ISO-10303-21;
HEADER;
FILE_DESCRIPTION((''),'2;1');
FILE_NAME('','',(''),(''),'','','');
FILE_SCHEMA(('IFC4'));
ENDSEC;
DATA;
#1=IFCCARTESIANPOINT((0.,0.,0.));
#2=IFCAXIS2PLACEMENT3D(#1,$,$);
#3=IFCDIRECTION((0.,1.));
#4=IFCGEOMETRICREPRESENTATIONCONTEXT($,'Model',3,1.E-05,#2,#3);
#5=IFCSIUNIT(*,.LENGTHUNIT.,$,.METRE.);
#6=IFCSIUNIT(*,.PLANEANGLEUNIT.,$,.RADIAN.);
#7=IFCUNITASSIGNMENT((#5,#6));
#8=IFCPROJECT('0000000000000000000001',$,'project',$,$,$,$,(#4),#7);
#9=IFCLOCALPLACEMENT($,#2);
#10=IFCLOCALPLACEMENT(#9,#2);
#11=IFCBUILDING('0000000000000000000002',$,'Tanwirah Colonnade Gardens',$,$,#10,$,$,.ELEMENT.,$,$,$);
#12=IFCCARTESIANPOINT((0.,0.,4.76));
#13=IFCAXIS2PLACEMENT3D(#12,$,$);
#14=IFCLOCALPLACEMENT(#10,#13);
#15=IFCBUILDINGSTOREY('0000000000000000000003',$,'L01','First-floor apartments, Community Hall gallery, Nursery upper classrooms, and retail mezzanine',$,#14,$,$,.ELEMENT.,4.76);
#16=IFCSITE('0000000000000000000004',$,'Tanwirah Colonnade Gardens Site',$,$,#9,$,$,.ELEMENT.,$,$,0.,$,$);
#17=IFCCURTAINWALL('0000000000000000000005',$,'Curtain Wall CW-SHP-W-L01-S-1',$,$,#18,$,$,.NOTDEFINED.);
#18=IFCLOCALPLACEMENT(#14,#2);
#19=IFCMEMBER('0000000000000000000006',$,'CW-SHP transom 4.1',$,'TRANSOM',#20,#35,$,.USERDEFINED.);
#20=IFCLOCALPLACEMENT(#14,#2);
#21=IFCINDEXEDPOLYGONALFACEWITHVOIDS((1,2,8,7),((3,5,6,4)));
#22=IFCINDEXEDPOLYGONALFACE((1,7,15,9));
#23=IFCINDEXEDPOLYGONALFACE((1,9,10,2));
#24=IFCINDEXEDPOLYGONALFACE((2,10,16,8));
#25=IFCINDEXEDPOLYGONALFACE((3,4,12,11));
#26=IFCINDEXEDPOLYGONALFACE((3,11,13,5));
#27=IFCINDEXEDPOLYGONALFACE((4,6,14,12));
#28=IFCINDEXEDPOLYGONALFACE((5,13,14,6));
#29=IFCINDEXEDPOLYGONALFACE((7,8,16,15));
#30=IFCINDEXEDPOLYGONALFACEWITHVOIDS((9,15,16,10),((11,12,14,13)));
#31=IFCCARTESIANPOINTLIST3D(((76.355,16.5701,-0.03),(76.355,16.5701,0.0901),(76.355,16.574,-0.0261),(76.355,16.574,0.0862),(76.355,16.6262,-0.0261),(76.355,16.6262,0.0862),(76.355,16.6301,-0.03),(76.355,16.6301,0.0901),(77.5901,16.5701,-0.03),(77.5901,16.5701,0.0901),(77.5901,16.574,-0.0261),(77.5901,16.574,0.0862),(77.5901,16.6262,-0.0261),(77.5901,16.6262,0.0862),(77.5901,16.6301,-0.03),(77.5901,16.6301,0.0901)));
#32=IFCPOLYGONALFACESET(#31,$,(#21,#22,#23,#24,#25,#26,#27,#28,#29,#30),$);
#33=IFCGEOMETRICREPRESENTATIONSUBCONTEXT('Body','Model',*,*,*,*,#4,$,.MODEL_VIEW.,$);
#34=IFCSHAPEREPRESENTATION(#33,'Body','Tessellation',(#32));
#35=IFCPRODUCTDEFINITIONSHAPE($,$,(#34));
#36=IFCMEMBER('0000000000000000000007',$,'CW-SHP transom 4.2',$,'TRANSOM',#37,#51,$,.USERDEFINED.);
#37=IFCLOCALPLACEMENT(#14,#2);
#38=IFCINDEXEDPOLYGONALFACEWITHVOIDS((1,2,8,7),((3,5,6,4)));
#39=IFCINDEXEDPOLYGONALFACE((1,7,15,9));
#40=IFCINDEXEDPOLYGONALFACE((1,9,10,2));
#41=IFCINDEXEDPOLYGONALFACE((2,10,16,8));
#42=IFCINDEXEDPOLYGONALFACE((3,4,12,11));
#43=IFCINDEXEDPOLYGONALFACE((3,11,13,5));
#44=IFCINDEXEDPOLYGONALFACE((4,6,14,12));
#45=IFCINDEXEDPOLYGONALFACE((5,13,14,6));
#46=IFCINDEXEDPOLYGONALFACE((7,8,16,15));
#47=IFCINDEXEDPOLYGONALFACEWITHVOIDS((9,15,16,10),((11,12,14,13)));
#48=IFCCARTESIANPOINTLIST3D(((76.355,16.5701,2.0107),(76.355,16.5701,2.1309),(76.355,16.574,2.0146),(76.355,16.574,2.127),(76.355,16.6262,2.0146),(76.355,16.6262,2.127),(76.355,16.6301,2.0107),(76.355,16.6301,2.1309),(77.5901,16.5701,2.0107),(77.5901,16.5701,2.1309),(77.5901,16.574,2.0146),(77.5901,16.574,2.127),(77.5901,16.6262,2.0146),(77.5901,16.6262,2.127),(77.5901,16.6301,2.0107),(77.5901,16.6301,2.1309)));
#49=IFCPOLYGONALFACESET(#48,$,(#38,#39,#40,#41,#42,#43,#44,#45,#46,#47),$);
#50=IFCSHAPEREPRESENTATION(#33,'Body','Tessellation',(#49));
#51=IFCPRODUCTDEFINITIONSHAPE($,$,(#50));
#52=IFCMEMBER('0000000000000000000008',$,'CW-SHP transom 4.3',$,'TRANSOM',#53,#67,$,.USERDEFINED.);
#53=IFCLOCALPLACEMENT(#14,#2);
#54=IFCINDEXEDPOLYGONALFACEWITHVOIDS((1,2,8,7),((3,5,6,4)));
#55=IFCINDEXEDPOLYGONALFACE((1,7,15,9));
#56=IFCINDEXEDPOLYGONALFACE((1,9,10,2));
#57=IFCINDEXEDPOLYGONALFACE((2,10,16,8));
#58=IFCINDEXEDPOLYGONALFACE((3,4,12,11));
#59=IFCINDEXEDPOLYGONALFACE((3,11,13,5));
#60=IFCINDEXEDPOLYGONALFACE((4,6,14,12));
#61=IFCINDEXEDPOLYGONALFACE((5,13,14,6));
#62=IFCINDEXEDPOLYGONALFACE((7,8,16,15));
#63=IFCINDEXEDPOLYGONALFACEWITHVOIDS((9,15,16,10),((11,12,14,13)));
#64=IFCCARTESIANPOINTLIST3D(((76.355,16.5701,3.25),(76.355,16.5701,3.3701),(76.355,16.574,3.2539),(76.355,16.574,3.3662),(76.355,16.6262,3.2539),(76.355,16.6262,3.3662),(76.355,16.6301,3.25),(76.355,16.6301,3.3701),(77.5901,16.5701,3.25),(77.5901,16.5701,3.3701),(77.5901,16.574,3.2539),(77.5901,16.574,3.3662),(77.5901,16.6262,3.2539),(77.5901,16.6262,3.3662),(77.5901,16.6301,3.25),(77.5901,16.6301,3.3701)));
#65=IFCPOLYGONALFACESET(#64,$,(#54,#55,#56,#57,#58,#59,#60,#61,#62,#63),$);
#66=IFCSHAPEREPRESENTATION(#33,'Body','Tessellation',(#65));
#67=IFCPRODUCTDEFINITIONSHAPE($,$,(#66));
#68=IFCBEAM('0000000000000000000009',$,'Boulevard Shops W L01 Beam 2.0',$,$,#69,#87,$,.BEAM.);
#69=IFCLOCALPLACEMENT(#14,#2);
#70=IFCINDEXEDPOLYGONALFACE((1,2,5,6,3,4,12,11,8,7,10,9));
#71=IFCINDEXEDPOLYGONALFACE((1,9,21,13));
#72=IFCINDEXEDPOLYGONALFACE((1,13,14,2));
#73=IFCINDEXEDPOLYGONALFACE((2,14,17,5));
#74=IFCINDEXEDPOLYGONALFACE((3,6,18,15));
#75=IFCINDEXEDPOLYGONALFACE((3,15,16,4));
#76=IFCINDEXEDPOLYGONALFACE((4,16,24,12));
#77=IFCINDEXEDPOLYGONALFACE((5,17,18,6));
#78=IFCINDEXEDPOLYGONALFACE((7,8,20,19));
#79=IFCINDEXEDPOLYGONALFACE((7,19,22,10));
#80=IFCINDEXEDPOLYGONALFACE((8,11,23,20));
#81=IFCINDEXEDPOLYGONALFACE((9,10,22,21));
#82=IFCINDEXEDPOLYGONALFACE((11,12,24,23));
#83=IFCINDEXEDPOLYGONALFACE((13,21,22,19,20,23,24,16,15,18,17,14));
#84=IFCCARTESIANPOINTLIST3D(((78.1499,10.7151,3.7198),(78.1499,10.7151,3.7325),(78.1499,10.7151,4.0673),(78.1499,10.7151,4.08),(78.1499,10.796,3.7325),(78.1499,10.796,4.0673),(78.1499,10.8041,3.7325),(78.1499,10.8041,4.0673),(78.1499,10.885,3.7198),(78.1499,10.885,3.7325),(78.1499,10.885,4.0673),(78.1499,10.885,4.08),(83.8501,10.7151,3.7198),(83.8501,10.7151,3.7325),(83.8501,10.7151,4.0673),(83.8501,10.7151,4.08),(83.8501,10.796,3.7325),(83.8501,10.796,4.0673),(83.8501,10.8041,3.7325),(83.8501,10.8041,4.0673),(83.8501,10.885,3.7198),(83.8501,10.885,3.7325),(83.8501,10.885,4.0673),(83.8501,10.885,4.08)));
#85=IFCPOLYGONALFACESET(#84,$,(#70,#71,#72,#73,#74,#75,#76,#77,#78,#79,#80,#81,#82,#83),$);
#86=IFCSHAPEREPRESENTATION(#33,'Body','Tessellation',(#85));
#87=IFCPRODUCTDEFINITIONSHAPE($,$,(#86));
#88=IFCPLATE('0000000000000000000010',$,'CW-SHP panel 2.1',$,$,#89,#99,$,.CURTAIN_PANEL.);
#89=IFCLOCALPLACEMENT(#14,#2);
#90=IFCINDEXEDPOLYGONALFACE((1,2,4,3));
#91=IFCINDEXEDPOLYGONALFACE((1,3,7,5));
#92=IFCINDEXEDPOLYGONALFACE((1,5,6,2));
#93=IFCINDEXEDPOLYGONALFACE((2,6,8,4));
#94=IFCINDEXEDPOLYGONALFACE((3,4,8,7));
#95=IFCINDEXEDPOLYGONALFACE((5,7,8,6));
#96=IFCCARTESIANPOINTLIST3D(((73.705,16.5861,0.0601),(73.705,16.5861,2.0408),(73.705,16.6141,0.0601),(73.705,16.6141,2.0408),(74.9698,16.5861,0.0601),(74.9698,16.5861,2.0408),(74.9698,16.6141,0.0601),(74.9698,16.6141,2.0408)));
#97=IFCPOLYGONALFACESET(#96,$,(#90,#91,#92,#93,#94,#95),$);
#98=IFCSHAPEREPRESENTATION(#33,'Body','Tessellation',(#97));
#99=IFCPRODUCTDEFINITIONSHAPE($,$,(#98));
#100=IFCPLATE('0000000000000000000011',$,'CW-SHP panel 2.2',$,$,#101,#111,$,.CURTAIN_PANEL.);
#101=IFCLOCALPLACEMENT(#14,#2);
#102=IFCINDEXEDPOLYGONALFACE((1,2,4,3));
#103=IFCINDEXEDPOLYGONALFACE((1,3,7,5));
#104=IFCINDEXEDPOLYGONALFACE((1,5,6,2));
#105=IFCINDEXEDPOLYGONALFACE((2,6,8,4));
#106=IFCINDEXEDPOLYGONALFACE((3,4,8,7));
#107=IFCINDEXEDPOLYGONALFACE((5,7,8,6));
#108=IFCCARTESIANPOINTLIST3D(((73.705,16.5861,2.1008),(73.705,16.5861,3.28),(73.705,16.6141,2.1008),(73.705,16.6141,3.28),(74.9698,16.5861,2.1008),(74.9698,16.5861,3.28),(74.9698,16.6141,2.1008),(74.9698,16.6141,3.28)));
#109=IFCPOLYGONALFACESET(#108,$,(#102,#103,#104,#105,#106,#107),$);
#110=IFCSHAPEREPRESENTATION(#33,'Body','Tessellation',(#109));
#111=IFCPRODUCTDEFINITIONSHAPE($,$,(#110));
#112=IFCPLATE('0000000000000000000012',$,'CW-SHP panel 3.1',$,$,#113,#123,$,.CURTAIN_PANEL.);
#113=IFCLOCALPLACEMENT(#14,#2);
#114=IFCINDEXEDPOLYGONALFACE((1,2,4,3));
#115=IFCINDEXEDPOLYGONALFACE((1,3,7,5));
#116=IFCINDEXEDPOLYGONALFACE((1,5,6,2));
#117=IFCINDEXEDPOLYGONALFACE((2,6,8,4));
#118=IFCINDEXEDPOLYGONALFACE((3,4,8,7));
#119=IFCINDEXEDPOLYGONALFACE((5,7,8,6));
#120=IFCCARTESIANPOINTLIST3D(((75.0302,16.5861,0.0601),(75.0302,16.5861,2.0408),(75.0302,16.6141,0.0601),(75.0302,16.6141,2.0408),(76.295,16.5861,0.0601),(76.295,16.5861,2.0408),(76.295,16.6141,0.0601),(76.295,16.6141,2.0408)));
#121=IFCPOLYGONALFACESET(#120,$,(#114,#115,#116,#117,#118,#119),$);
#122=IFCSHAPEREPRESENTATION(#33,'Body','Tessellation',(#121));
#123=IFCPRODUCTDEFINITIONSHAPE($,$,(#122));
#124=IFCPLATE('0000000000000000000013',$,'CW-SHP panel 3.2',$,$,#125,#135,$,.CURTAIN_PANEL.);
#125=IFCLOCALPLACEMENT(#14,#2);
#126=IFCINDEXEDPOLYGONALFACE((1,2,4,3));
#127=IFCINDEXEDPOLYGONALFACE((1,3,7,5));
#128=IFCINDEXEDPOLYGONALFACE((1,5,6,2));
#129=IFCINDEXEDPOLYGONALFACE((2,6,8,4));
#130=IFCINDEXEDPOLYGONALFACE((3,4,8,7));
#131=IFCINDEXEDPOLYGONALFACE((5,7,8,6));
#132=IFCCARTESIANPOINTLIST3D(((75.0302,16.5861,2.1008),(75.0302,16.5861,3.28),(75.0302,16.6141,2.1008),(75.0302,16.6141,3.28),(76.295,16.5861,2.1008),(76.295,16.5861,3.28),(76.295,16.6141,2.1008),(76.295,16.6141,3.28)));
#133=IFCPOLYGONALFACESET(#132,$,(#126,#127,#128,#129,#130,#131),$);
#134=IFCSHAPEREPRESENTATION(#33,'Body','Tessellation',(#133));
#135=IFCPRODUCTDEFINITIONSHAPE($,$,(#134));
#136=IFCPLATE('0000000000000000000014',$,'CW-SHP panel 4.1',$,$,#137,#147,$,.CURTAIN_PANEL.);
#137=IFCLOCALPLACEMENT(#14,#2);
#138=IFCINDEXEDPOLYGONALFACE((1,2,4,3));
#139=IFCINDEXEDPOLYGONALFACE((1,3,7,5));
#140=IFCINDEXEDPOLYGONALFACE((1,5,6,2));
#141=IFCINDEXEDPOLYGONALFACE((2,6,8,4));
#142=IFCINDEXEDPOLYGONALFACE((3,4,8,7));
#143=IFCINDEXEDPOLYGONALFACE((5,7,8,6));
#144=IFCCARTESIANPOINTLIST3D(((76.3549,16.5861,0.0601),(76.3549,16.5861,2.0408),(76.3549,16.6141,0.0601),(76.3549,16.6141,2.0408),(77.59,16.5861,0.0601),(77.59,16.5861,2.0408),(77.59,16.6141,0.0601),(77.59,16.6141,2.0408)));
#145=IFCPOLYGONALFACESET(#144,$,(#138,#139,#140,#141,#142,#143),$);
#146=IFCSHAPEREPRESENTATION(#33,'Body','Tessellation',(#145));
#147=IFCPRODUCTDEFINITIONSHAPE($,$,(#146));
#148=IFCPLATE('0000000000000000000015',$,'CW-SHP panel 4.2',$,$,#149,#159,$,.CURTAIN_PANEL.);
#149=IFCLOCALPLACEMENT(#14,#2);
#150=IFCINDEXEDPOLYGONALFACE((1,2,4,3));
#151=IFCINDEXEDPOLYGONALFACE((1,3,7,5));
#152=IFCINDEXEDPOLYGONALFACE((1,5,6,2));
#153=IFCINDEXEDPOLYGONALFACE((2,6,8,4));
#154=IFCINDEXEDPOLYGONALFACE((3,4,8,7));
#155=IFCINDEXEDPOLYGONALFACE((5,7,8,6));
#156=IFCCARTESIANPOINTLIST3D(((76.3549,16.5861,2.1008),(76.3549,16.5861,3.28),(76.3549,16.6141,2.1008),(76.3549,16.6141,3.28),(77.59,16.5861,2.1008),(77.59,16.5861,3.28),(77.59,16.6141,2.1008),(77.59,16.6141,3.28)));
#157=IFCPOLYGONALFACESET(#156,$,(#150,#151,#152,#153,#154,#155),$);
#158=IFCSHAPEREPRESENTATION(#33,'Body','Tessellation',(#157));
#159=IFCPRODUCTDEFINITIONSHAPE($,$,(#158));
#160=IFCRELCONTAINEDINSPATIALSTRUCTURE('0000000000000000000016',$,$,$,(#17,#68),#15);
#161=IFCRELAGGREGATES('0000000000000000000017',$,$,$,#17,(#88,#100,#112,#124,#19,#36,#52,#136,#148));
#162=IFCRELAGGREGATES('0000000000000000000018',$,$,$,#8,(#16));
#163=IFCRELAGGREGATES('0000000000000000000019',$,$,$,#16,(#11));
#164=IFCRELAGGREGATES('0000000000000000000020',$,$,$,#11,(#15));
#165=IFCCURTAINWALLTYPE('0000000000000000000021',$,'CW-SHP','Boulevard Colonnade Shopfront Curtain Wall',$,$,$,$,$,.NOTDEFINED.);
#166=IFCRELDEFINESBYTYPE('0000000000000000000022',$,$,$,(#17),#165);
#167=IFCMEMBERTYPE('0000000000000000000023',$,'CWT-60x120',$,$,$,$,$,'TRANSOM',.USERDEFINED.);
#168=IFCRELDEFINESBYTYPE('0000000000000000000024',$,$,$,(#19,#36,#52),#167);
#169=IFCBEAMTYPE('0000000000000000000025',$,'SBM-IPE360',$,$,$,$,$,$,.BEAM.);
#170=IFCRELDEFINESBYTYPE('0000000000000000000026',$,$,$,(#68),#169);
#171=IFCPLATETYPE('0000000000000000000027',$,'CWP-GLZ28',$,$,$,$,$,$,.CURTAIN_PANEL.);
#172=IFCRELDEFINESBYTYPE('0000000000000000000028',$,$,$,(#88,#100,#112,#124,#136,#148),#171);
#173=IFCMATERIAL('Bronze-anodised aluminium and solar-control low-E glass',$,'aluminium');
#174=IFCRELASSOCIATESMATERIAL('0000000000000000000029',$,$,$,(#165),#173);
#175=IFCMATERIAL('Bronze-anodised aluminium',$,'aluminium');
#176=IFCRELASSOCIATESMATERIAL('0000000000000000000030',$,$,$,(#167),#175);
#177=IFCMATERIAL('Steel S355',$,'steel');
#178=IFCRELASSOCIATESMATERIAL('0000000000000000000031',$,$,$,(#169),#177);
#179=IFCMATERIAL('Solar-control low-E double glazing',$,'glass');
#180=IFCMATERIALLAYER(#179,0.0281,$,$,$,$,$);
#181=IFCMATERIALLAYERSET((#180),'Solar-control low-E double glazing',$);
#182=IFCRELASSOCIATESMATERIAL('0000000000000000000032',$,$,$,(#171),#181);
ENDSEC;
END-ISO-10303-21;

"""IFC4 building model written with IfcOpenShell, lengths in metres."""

from ifc_helpers import new_model, si_unit, direction, frame, origin, origin_2d, place, context, subcontext, project, spatial, rectangle, hollow_rectangle, i_section, extrude, material, layer, layer_set, material_profile, profile_set, type_object, element, aggregate, save


model = new_model("IFC4")

# Units and contexts
model_context = context("Model", 3, precision=1e-05, world=origin(), true_north=direction((0.0, 1.0)))
body_context = subcontext(model_context, "Body", "Model", "MODEL_VIEW")
ifc_project = project(units=[si_unit("LENGTHUNIT", "METRE"), si_unit("PLANEANGLEUNIT", "RADIAN")], contexts=[model_context])

# Site, building, storey
site_placement = place(None, origin())
site = spatial("IfcSite", under=ifc_project, at=site_placement, Name="Tanwirah Colonnade Gardens Site", CompositionType="ELEMENT", RefElevation=0.0)
building_placement = place(site_placement, origin())
building = spatial("IfcBuilding", under=site, at=building_placement, Name="Tanwirah Colonnade Gardens", CompositionType="ELEMENT")
storey_placement = place(building_placement, frame((0.0, 0.0, 4.76)))
storey = spatial("IfcBuildingStorey", under=building, at=storey_placement, Name="L01", Description="First-floor apartments, Community Hall gallery, Nursery upper classrooms, and retail mezzanine", CompositionType="ELEMENT", Elevation=4.76)

# Curtain wall, members
ifc_material_1 = material(Name="Bronze-anodised aluminium and solar-control low-E glass", Category="aluminium")
curtain_wall_type = type_object("IfcCurtainWallType", Name="CW-SHP", Description="Boulevard Colonnade Shopfront Curtain Wall", PredefinedType="NOTDEFINED", material=ifc_material_1)
curtain_wall_placement = place(storey_placement, origin())
curtain_wall = element("IfcCurtainWall", 1, at=curtain_wall_placement, inside=storey, type_object=curtain_wall_type, Name="Curtain Wall CW-SHP-W-L01-S-1", PredefinedType="NOTDEFINED")
ifc_material_2 = material(Name="Bronze-anodised aluminium", Category="aluminium")
ifc_material_profile_1 = material_profile(ifc_material_2, hollow_rectangle(XDim=0.0601, YDim=0.1201, WallThickness=0.0039, at=origin_2d()), Name="CW-TRN 60x120x4")
ifc_profile_set_1 = profile_set([ifc_material_profile_1], Name="Bronze-anodised aluminium")
member_type_1 = type_object("IfcMemberType", Name="CWT-60x120", ElementType="TRANSOM", PredefinedType="USERDEFINED", material=ifc_profile_set_1)
member_1_placement = place(storey_placement, frame((76.355, 16.6001, 0.03), z_axis=(1.0, 0.0, 0.0), x_axis=(0.0, 1.0, 0.0)))
member_1 = element("IfcMember", 2, at=member_1_placement, type_object=member_type_1, Name="CW-SHP transom 4.1", ObjectType="TRANSOM", PredefinedType="USERDEFINED", context=body_context, shape_type="SweptSolid", body=[
    extrude(hollow_rectangle(XDim=0.0601, YDim=0.1201, WallThickness=0.0039, at=origin_2d()), origin(), (0.0, 0.0, 1.0), 1.2351),
])
member_2_placement = place(storey_placement, frame((76.355, 16.6001, 2.0708), z_axis=(1.0, 0.0, 0.0), x_axis=(0.0, 1.0, 0.0)))
member_2 = element("IfcMember", 3, at=member_2_placement, type_object=member_type_1, Name="CW-SHP transom 4.2", ObjectType="TRANSOM", PredefinedType="USERDEFINED", context=body_context, shape_type="SweptSolid", body=[
    extrude(hollow_rectangle(XDim=0.0601, YDim=0.1201, WallThickness=0.0039, at=origin_2d()), origin(), (0.0, 0.0, 1.0), 1.2351),
])
member_3_placement = place(storey_placement, frame((76.355, 16.6001, 3.3101), z_axis=(1.0, 0.0, 0.0), x_axis=(0.0, 1.0, 0.0)))
member_3 = element("IfcMember", 4, at=member_3_placement, type_object=member_type_1, Name="CW-SHP transom 4.3", ObjectType="TRANSOM", PredefinedType="USERDEFINED", context=body_context, shape_type="SweptSolid", body=[
    extrude(hollow_rectangle(XDim=0.0601, YDim=0.1201, WallThickness=0.0039, at=origin_2d()), origin(), (0.0, 0.0, 1.0), 1.2351),
])

# Beam
ifc_material_3 = material(Name="Steel S355", Category="steel")
ifc_material_profile_2 = material_profile(ifc_material_3, i_section(OverallWidth=0.1699, OverallDepth=0.3601, WebThickness=0.0081, FlangeThickness=0.0127, at=origin_2d()), Name="IPE 360")
ifc_profile_set_2 = profile_set([ifc_material_profile_2], Name="Steel S355")
beam_type = type_object("IfcBeamType", Name="SBM-IPE360", PredefinedType="BEAM", material=ifc_profile_set_2)
beam_placement = place(storey_placement, frame((78.1499, 10.8, 3.8999), z_axis=(1.0, 0.0, 0.0), x_axis=(0.0, 1.0, 0.0)))
element("IfcBeam", 5, at=beam_placement, inside=storey, type_object=beam_type, Name="Boulevard Shops W L01 Beam 2.0", PredefinedType="BEAM", context=body_context, shape_type="SweptSolid", body=[
    extrude(i_section(OverallWidth=0.1699, OverallDepth=0.3601, WebThickness=0.0081, FlangeThickness=0.0127, at=origin_2d()), origin(), (0.0, 0.0, 1.0), 5.7002),
])

# Plates
ifc_material_4 = material(Name="Solar-control low-E double glazing", Category="glass")
ifc_layer_1 = layer(ifc_material_4, 0.0281)
ifc_layer_set_1 = layer_set([ifc_layer_1], Name="Solar-control low-E double glazing")
plate_type = type_object("IfcPlateType", Name="CWP-GLZ28", PredefinedType="CURTAIN_PANEL", material=ifc_layer_set_1)
plate_1_placement = place(storey_placement, frame((74.3374, 16.6001, 0.0601), z_axis=(0.0, 0.0, 1.0), x_axis=(1.0, 0.0, 0.0)))
plate_1 = element("IfcPlate", 6, at=plate_1_placement, type_object=plate_type, Name="CW-SHP panel 2.1", PredefinedType="CURTAIN_PANEL", context=body_context, shape_type="SweptSolid", body=[
    extrude(rectangle(XDim=1.2649, YDim=0.0281, at=origin_2d()), origin(), (0.0, 0.0, 1.0), 1.9807),
])
plate_2_placement = place(storey_placement, frame((74.3374, 16.6001, 2.1008), z_axis=(0.0, 0.0, 1.0), x_axis=(1.0, 0.0, 0.0)))
plate_2 = element("IfcPlate", 7, at=plate_2_placement, type_object=plate_type, Name="CW-SHP panel 2.2", PredefinedType="CURTAIN_PANEL", context=body_context, shape_type="SweptSolid", body=[
    extrude(rectangle(XDim=1.2649, YDim=0.0281, at=origin_2d()), origin(), (0.0, 0.0, 1.0), 1.1792),
])
plate_3_placement = place(storey_placement, frame((75.6626, 16.6001, 0.0601), z_axis=(0.0, 0.0, 1.0), x_axis=(1.0, 0.0, 0.0)))
plate_3 = element("IfcPlate", 8, at=plate_3_placement, type_object=plate_type, Name="CW-SHP panel 3.1", PredefinedType="CURTAIN_PANEL", context=body_context, shape_type="SweptSolid", body=[
    extrude(rectangle(XDim=1.2649, YDim=0.0281, at=origin_2d()), origin(), (0.0, 0.0, 1.0), 1.9807),
])
plate_4_placement = place(storey_placement, frame((75.6626, 16.6001, 2.1008), z_axis=(0.0, 0.0, 1.0), x_axis=(1.0, 0.0, 0.0)))
plate_4 = element("IfcPlate", 9, at=plate_4_placement, type_object=plate_type, Name="CW-SHP panel 3.2", PredefinedType="CURTAIN_PANEL", context=body_context, shape_type="SweptSolid", body=[
    extrude(rectangle(XDim=1.2649, YDim=0.0281, at=origin_2d()), origin(), (0.0, 0.0, 1.0), 1.1792),
])
plate_5_placement = place(storey_placement, frame((76.9724, 16.6001, 0.0601), z_axis=(0.0, 0.0, 1.0), x_axis=(1.0, 0.0, 0.0)))
plate_5 = element("IfcPlate", 10, at=plate_5_placement, type_object=plate_type, Name="CW-SHP panel 4.1", PredefinedType="CURTAIN_PANEL", context=body_context, shape_type="SweptSolid", body=[
    extrude(rectangle(XDim=1.2351, YDim=0.0281, at=origin_2d()), origin(), (0.0, 0.0, 1.0), 1.9807),
])
plate_6_placement = place(storey_placement, frame((76.9724, 16.6001, 2.1008), z_axis=(0.0, 0.0, 1.0), x_axis=(1.0, 0.0, 0.0)))
plate_6 = element("IfcPlate", 11, at=plate_6_placement, type_object=plate_type, Name="CW-SHP panel 4.2", PredefinedType="CURTAIN_PANEL", context=body_context, shape_type="SweptSolid", body=[
    extrude(rectangle(XDim=1.2351, YDim=0.0281, at=origin_2d()), origin(), (0.0, 0.0, 1.0), 1.1792),
])
aggregate(curtain_wall, [plate_1, plate_2, plate_3, plate_4, member_1, member_2, member_3, plate_5, plate_6])

save(model, "model.ifc")
